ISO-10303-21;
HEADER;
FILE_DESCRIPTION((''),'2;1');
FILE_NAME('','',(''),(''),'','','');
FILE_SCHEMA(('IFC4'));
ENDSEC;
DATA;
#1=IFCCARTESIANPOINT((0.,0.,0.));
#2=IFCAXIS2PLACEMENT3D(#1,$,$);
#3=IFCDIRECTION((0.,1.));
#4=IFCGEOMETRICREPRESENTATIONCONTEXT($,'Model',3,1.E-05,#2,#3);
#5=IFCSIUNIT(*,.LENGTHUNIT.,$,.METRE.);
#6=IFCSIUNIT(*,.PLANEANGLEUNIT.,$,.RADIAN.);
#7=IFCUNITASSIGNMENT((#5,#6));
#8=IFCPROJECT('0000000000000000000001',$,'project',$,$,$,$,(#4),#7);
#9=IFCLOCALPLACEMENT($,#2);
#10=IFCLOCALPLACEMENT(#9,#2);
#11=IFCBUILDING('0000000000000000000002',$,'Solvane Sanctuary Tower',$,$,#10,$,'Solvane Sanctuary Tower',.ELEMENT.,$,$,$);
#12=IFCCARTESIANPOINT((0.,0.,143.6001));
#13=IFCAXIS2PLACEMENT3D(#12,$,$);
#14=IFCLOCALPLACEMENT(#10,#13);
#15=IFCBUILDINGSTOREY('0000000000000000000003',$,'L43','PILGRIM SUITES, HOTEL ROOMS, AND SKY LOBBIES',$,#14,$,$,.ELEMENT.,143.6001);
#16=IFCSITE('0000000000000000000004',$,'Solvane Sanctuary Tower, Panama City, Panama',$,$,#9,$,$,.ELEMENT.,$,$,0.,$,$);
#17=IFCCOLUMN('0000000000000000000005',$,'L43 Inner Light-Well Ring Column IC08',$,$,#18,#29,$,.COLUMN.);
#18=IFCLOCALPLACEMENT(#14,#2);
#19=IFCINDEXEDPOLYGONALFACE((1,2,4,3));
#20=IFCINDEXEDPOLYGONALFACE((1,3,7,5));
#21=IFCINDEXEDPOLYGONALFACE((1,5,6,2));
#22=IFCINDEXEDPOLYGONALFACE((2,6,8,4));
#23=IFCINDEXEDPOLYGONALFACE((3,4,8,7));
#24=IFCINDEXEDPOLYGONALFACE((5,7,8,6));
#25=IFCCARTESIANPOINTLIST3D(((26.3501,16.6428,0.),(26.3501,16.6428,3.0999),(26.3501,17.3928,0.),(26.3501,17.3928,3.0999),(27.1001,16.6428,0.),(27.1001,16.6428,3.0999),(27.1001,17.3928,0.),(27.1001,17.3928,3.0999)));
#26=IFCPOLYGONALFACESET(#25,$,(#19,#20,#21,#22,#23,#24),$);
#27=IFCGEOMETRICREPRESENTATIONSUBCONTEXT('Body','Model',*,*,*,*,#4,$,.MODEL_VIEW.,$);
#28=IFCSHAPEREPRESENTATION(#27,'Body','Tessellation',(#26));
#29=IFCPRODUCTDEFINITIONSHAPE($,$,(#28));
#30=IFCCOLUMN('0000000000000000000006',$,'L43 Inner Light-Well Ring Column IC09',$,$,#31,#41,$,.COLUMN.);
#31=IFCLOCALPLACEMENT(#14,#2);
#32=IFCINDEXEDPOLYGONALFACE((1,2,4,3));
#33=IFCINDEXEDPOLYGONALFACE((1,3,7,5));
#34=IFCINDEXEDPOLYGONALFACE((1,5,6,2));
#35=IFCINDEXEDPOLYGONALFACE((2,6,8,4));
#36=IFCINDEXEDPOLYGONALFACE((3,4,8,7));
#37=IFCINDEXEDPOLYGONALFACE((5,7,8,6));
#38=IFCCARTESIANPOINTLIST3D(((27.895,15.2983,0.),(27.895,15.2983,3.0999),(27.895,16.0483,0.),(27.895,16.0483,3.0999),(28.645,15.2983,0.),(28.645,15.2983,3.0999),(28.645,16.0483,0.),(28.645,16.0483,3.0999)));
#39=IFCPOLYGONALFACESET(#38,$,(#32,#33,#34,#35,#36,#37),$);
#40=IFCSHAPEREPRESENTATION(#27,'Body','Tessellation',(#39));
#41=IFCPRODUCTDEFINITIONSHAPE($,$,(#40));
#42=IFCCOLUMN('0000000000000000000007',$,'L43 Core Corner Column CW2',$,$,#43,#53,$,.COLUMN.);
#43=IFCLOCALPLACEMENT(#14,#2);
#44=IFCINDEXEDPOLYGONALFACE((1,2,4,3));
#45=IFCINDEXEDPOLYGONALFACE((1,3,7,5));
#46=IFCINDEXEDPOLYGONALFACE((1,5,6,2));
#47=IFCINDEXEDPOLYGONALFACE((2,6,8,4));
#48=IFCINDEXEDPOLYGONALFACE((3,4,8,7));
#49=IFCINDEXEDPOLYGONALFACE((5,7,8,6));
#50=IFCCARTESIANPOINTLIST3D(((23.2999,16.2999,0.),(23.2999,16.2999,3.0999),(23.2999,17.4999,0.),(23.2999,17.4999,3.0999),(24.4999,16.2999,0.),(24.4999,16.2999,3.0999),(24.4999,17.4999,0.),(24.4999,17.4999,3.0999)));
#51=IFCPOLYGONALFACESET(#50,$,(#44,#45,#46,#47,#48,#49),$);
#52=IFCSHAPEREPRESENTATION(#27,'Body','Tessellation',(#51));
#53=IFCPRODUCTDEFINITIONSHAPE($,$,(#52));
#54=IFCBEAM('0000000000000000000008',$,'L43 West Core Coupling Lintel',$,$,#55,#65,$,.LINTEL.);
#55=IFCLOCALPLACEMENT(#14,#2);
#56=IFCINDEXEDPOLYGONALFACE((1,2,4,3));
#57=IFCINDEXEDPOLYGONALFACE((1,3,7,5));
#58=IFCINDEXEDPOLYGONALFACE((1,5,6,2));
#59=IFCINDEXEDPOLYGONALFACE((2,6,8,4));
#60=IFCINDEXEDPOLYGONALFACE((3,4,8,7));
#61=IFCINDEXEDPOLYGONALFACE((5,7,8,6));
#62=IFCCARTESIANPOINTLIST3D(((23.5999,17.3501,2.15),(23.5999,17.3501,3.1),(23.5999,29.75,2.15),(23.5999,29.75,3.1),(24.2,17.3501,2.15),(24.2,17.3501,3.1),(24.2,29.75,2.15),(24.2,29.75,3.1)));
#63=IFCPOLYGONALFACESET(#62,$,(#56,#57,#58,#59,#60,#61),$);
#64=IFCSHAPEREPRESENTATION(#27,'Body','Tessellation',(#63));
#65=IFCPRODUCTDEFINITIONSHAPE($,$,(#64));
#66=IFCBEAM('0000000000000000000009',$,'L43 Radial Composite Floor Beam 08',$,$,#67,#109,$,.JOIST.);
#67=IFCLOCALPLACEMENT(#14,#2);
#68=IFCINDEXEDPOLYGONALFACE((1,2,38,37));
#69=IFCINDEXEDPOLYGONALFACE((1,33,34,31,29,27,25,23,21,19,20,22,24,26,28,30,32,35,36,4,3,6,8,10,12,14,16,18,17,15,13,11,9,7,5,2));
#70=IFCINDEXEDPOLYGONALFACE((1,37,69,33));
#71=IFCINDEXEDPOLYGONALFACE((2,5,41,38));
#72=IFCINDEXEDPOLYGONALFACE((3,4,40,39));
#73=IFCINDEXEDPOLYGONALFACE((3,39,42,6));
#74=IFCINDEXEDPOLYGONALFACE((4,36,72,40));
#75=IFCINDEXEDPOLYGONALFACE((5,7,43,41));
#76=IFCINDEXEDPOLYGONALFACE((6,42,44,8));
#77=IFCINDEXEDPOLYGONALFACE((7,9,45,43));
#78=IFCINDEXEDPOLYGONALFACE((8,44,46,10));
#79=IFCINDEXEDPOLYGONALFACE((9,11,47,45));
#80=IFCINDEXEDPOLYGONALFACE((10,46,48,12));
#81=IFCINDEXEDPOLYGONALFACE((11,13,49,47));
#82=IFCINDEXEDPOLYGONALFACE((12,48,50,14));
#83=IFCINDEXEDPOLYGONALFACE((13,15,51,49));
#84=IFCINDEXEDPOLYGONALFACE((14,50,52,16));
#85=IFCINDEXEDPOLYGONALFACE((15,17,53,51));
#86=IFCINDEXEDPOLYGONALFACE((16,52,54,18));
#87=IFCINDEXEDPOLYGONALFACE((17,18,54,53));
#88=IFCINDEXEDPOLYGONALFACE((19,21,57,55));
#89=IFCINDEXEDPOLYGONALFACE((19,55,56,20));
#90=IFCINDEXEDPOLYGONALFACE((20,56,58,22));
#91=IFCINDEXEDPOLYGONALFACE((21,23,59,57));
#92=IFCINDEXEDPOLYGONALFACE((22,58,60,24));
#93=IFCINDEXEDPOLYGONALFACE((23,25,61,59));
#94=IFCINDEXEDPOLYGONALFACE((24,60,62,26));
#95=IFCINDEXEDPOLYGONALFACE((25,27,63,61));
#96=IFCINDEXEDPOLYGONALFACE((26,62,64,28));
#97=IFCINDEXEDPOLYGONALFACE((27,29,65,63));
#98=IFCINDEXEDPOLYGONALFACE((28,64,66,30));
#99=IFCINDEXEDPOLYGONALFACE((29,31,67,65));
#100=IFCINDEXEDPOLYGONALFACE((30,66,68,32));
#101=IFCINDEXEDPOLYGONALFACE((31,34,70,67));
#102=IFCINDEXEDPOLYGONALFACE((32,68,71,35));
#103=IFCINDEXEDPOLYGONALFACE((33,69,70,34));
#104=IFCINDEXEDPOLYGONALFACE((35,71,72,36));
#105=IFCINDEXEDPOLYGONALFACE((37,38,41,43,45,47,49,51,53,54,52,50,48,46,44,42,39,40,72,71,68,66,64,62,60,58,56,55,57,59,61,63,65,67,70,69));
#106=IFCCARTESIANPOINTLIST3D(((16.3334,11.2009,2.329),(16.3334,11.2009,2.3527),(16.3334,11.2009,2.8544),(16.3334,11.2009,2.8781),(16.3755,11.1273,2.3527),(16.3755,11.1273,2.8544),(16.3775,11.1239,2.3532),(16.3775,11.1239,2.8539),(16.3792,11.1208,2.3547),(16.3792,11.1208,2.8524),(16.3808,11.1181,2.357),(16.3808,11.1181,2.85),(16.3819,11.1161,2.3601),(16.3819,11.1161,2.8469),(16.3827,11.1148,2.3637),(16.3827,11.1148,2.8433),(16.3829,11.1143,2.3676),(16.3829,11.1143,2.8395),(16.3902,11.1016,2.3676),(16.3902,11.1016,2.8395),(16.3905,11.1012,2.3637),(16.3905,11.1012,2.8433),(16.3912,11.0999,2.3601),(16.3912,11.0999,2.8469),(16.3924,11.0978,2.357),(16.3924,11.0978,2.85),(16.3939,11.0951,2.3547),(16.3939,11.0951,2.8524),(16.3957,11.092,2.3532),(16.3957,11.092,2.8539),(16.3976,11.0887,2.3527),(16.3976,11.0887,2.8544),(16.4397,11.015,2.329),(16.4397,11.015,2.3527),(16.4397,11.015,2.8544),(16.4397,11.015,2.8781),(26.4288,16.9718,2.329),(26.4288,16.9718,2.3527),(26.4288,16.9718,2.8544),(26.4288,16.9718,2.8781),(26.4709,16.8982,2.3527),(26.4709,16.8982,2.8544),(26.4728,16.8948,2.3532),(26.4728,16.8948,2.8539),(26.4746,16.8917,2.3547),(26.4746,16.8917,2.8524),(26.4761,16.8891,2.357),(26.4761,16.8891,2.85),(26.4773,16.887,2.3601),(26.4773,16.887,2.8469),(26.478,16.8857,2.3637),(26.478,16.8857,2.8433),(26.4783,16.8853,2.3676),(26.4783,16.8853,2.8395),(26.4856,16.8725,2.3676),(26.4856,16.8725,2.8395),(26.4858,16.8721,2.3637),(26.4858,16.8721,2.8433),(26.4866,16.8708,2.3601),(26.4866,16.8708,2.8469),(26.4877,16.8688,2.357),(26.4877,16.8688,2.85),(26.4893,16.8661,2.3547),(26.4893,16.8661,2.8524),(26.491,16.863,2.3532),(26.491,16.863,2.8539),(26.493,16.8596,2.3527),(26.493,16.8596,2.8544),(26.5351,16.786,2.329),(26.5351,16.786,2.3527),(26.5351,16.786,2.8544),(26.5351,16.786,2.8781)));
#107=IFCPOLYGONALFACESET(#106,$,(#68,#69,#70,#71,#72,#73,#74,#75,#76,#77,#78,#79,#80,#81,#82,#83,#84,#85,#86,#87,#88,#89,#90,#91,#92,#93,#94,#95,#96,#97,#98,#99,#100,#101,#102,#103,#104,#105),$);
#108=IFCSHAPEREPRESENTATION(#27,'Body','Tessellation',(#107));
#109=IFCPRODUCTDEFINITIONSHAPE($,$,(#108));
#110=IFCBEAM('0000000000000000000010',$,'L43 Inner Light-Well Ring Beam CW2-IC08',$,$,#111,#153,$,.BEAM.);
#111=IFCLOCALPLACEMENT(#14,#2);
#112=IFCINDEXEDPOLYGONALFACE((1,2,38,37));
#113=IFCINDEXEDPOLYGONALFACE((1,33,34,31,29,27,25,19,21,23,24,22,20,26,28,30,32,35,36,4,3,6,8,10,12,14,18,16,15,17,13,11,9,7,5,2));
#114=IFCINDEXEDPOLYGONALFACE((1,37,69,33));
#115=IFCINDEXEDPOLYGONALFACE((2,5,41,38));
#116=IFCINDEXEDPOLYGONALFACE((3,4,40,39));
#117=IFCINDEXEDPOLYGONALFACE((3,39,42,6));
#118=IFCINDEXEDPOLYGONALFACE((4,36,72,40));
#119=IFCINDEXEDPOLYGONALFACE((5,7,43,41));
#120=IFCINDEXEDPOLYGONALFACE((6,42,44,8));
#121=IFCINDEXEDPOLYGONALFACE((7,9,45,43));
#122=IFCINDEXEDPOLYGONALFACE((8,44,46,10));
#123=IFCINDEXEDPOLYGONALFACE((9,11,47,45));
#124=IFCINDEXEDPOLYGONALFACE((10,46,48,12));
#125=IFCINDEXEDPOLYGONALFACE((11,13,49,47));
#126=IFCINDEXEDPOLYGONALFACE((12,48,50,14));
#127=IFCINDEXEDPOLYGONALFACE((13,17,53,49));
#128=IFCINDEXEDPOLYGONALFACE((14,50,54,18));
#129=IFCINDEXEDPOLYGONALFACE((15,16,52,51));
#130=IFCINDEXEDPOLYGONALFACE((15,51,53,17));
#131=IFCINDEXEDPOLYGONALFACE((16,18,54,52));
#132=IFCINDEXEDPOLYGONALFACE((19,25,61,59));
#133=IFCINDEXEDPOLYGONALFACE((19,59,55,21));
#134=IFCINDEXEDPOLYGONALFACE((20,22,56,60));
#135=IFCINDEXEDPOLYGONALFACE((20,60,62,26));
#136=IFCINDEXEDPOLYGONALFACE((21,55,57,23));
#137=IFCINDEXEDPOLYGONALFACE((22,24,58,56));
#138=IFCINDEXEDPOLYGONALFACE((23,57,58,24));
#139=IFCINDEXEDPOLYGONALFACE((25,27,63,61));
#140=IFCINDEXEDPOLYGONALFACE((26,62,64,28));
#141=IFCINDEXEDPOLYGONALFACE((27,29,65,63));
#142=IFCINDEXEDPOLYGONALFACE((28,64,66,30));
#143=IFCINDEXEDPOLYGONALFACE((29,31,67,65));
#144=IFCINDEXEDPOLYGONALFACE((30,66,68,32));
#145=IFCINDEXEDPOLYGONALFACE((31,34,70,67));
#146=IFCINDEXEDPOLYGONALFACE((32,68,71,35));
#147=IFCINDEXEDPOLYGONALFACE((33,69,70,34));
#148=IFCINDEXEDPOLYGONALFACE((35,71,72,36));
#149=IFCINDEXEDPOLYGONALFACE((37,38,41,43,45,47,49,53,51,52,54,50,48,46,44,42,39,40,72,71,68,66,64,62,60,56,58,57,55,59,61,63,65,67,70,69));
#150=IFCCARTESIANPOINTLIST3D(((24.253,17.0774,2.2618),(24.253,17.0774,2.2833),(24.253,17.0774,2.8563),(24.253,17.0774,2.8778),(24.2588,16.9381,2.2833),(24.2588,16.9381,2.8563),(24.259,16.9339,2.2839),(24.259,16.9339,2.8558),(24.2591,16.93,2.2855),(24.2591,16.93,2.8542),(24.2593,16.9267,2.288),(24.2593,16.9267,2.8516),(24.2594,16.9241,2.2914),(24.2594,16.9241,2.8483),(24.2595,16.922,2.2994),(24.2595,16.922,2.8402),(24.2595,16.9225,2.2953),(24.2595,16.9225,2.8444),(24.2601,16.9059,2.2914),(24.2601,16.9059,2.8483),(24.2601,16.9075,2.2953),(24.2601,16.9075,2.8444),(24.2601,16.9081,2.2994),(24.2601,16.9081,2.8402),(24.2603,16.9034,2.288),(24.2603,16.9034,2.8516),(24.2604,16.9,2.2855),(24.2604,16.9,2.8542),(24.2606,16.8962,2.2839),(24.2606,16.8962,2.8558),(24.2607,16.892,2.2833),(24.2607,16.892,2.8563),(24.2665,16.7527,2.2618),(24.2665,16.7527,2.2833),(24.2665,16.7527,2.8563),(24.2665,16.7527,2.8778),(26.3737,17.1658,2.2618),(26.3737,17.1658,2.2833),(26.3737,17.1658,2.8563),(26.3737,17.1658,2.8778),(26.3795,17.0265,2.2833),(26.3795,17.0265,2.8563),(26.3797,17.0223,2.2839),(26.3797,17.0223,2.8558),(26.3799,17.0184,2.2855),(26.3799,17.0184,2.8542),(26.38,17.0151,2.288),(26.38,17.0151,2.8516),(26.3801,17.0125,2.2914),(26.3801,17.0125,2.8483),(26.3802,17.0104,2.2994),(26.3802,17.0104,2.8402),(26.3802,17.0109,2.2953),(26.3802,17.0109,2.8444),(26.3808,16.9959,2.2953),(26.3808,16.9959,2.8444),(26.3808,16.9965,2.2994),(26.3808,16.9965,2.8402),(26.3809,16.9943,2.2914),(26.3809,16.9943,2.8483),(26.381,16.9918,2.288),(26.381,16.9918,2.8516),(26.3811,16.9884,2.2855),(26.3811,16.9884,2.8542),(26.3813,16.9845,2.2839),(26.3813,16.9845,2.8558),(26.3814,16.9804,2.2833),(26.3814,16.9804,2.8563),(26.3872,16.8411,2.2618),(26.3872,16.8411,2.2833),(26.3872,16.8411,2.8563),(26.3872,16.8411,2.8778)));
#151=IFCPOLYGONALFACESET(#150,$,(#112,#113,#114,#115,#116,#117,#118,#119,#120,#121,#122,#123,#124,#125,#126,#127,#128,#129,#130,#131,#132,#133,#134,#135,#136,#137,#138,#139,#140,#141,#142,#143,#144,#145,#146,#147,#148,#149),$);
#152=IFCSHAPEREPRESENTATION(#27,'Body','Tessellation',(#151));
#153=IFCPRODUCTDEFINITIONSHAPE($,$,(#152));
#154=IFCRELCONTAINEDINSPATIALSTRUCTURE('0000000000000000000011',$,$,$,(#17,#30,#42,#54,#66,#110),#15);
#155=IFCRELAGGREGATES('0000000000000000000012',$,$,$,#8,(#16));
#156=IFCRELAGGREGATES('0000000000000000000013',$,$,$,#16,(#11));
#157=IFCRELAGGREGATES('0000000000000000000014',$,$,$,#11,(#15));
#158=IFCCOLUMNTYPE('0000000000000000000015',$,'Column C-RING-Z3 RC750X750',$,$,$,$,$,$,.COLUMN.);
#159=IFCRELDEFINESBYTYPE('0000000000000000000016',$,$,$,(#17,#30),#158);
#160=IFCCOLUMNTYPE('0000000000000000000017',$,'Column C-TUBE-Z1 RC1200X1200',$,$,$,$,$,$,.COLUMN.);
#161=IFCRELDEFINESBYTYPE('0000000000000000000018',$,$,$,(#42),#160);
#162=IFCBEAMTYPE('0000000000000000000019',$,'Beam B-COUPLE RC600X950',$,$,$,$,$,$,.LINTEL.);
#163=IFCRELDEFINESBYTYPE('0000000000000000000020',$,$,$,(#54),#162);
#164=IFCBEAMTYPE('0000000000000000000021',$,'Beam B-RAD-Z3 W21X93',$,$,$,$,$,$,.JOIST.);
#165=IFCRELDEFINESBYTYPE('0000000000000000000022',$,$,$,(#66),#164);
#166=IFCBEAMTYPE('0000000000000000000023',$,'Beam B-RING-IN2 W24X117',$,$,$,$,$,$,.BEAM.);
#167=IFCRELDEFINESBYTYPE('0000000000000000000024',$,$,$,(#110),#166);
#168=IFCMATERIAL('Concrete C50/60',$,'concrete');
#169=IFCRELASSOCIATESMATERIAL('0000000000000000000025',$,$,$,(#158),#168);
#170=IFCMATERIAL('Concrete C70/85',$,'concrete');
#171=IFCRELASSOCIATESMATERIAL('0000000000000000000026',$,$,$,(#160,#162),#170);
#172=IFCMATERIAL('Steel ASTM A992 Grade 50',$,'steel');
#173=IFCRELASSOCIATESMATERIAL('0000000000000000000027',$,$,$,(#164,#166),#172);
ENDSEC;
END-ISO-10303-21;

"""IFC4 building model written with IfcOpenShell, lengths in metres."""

from ifc_helpers import new_model, si_unit, direction, frame, origin, origin_2d, place, context, subcontext, project, spatial, rectangle, i_section, extrude, material, material_profile, profile_set, type_object, element, save


model = new_model("IFC4")

# Units and contexts
model_context = context("Model", 3, precision=1e-05, world=origin(), true_north=direction((0.0, 1.0)))
body_context = subcontext(model_context, "Body", "Model", "MODEL_VIEW")
ifc_project = project(units=[si_unit("LENGTHUNIT", "METRE"), si_unit("PLANEANGLEUNIT", "RADIAN")], contexts=[model_context])

# Site, building, storey
site_placement = place(None, origin())
site = spatial("IfcSite", under=ifc_project, at=site_placement, Name="Solvane Sanctuary Tower, Panama City, Panama", CompositionType="ELEMENT", RefElevation=0.0)
building_placement = place(site_placement, origin())
building = spatial("IfcBuilding", under=site, at=building_placement, Name="Solvane Sanctuary Tower", LongName="Solvane Sanctuary Tower", CompositionType="ELEMENT")
storey_placement = place(building_placement, frame((0.0, 0.0, 143.6001)))
storey = spatial("IfcBuildingStorey", under=building, at=storey_placement, Name="L43", Description="PILGRIM SUITES, HOTEL ROOMS, AND SKY LOBBIES", CompositionType="ELEMENT", Elevation=143.6001)

# Columns
ifc_material_1 = material(Name="Concrete C50/60", Category="concrete")
ifc_material_profile_1 = material_profile(ifc_material_1, rectangle(XDim=0.75, YDim=0.75, at=origin_2d()), Name="RC750X750")
ifc_profile_set_1 = profile_set([ifc_material_profile_1], Name="Concrete C50/60")
column_type_1 = type_object("IfcColumnType", Name="Column C-RING-Z3 RC750X750", PredefinedType="COLUMN", material=ifc_profile_set_1)
for number, where, z_axis, x_axis, name in (
    (1, (26.7251, 17.0178, 0.0), (0.0, 0.0, 1.0), (1.0, 0.0, 0.0), "L43 Inner Light-Well Ring Column IC08"),
    (2, (28.27, 15.6733, 0.0), (0.0, 0.0, 1.0), (1.0, 0.0, 0.0), "L43 Inner Light-Well Ring Column IC09"),
):
    element("IfcColumn", number, at=place(storey_placement, frame(where, z_axis=z_axis, x_axis=x_axis)), inside=storey, type_object=column_type_1, Name=name, PredefinedType="COLUMN", context=body_context, shape_type="SweptSolid", body=[
        extrude(rectangle(XDim=0.75, YDim=0.75, at=origin_2d()), origin(), (0.0, 0.0, 1.0), 3.0999),
    ])
ifc_material_2 = material(Name="Concrete C70/85", Category="concrete")
ifc_material_profile_2 = material_profile(ifc_material_2, rectangle(XDim=1.2, YDim=1.2, at=origin_2d()), Name="RC1200X1200")
ifc_profile_set_2 = profile_set([ifc_material_profile_2], Name="Concrete C70/85")
column_type_2 = type_object("IfcColumnType", Name="Column C-TUBE-Z1 RC1200X1200", PredefinedType="COLUMN", material=ifc_profile_set_2)
column_placement = place(storey_placement, frame((23.8999, 16.8999, 0.0), z_axis=(0.0, 0.0, 1.0), x_axis=(1.0, 0.0, 0.0)))
element("IfcColumn", 3, at=column_placement, inside=storey, type_object=column_type_2, Name="L43 Core Corner Column CW2", PredefinedType="COLUMN", context=body_context, shape_type="SweptSolid", body=[
    extrude(rectangle(XDim=1.2, YDim=1.2, at=origin_2d()), origin(), (0.0, 0.0, 1.0), 3.0999),
])

# Beams
ifc_material_profile_3 = material_profile(ifc_material_2, rectangle(XDim=0.6001, YDim=0.95, at=origin_2d()), Name="RC600X950")
ifc_profile_set_3 = profile_set([ifc_material_profile_3], Name="Concrete C70/85")
beam_type_1 = type_object("IfcBeamType", Name="Beam B-COUPLE RC600X950", PredefinedType="LINTEL", material=ifc_profile_set_3)
beam_1_placement = place(storey_placement, frame((23.8999, 17.3501, 2.625), z_axis=(0.0, 1.0, 0.0), x_axis=(-1.0, 0.0, 0.0)))
element("IfcBeam", 4, at=beam_1_placement, inside=storey, type_object=beam_type_1, Name="L43 West Core Coupling Lintel", PredefinedType="LINTEL", context=body_context, shape_type="SweptSolid", body=[
    extrude(rectangle(XDim=0.6001, YDim=0.95, at=origin_2d()), origin(), (0.0, 0.0, 1.0), 12.3999),
])
ifc_material_3 = material(Name="Steel ASTM A992 Grade 50", Category="steel")
ifc_material_profile_4 = material_profile(ifc_material_3, i_section(OverallWidth=0.2141, OverallDepth=0.5491, WebThickness=0.0146, FlangeThickness=0.0237, FilletRadius=0.0149, at=origin_2d()), Name="W21X93")
ifc_profile_set_4 = profile_set([ifc_material_profile_4], Name="Steel ASTM A992 Grade 50")
beam_type_2 = type_object("IfcBeamType", Name="Beam B-RAD-Z3 W21X93", PredefinedType="JOIST", material=ifc_profile_set_4)
beam_2_placement = place(storey_placement, frame((26.4819, 16.8789, 2.6035), z_axis=(-0.868163, -0.496279, 0.0), x_axis=(0.496279, -0.868163, 0.0)))
element("IfcBeam", 5, at=beam_2_placement, inside=storey, type_object=beam_type_2, Name="L43 Radial Composite Floor Beam 08", PredefinedType="JOIST", context=body_context, shape_type="SweptSolid", body=[
    extrude(i_section(OverallWidth=0.2141, OverallDepth=0.5491, WebThickness=0.0146, FlangeThickness=0.0237, FilletRadius=0.0149, at=origin_2d()), origin(), (0.0, 0.0, 1.0), 11.6284),
])
ifc_material_profile_5 = material_profile(ifc_material_3, i_section(OverallWidth=0.325, OverallDepth=0.616, WebThickness=0.0139, FlangeThickness=0.0215, FilletRadius=0.0161, at=origin_2d()), Name="W24X117")
ifc_profile_set_5 = profile_set([ifc_material_profile_5], Name="Steel ASTM A992 Grade 50")
beam_type_3 = type_object("IfcBeamType", Name="Beam B-RING-IN2 W24X117", PredefinedType="BEAM", material=ifc_profile_set_5)
beam_3_placement = place(storey_placement, frame((24.2598, 16.915, 2.5698), z_axis=(0.999133, 0.04164, 0.0), x_axis=(-0.04164, 0.999133, 0.0)))
element("IfcBeam", 6, at=beam_3_placement, inside=storey, type_object=beam_type_3, Name="L43 Inner Light-Well Ring Beam CW2-IC08", PredefinedType="BEAM", context=body_context, shape_type="SweptSolid", body=[
    extrude(i_section(OverallWidth=0.325, OverallDepth=0.616, WebThickness=0.0139, FlangeThickness=0.0215, FilletRadius=0.0161, at=origin_2d()), origin(), (0.0, 0.0, 1.0), 2.1226),
])

save(model, "model.ifc")
